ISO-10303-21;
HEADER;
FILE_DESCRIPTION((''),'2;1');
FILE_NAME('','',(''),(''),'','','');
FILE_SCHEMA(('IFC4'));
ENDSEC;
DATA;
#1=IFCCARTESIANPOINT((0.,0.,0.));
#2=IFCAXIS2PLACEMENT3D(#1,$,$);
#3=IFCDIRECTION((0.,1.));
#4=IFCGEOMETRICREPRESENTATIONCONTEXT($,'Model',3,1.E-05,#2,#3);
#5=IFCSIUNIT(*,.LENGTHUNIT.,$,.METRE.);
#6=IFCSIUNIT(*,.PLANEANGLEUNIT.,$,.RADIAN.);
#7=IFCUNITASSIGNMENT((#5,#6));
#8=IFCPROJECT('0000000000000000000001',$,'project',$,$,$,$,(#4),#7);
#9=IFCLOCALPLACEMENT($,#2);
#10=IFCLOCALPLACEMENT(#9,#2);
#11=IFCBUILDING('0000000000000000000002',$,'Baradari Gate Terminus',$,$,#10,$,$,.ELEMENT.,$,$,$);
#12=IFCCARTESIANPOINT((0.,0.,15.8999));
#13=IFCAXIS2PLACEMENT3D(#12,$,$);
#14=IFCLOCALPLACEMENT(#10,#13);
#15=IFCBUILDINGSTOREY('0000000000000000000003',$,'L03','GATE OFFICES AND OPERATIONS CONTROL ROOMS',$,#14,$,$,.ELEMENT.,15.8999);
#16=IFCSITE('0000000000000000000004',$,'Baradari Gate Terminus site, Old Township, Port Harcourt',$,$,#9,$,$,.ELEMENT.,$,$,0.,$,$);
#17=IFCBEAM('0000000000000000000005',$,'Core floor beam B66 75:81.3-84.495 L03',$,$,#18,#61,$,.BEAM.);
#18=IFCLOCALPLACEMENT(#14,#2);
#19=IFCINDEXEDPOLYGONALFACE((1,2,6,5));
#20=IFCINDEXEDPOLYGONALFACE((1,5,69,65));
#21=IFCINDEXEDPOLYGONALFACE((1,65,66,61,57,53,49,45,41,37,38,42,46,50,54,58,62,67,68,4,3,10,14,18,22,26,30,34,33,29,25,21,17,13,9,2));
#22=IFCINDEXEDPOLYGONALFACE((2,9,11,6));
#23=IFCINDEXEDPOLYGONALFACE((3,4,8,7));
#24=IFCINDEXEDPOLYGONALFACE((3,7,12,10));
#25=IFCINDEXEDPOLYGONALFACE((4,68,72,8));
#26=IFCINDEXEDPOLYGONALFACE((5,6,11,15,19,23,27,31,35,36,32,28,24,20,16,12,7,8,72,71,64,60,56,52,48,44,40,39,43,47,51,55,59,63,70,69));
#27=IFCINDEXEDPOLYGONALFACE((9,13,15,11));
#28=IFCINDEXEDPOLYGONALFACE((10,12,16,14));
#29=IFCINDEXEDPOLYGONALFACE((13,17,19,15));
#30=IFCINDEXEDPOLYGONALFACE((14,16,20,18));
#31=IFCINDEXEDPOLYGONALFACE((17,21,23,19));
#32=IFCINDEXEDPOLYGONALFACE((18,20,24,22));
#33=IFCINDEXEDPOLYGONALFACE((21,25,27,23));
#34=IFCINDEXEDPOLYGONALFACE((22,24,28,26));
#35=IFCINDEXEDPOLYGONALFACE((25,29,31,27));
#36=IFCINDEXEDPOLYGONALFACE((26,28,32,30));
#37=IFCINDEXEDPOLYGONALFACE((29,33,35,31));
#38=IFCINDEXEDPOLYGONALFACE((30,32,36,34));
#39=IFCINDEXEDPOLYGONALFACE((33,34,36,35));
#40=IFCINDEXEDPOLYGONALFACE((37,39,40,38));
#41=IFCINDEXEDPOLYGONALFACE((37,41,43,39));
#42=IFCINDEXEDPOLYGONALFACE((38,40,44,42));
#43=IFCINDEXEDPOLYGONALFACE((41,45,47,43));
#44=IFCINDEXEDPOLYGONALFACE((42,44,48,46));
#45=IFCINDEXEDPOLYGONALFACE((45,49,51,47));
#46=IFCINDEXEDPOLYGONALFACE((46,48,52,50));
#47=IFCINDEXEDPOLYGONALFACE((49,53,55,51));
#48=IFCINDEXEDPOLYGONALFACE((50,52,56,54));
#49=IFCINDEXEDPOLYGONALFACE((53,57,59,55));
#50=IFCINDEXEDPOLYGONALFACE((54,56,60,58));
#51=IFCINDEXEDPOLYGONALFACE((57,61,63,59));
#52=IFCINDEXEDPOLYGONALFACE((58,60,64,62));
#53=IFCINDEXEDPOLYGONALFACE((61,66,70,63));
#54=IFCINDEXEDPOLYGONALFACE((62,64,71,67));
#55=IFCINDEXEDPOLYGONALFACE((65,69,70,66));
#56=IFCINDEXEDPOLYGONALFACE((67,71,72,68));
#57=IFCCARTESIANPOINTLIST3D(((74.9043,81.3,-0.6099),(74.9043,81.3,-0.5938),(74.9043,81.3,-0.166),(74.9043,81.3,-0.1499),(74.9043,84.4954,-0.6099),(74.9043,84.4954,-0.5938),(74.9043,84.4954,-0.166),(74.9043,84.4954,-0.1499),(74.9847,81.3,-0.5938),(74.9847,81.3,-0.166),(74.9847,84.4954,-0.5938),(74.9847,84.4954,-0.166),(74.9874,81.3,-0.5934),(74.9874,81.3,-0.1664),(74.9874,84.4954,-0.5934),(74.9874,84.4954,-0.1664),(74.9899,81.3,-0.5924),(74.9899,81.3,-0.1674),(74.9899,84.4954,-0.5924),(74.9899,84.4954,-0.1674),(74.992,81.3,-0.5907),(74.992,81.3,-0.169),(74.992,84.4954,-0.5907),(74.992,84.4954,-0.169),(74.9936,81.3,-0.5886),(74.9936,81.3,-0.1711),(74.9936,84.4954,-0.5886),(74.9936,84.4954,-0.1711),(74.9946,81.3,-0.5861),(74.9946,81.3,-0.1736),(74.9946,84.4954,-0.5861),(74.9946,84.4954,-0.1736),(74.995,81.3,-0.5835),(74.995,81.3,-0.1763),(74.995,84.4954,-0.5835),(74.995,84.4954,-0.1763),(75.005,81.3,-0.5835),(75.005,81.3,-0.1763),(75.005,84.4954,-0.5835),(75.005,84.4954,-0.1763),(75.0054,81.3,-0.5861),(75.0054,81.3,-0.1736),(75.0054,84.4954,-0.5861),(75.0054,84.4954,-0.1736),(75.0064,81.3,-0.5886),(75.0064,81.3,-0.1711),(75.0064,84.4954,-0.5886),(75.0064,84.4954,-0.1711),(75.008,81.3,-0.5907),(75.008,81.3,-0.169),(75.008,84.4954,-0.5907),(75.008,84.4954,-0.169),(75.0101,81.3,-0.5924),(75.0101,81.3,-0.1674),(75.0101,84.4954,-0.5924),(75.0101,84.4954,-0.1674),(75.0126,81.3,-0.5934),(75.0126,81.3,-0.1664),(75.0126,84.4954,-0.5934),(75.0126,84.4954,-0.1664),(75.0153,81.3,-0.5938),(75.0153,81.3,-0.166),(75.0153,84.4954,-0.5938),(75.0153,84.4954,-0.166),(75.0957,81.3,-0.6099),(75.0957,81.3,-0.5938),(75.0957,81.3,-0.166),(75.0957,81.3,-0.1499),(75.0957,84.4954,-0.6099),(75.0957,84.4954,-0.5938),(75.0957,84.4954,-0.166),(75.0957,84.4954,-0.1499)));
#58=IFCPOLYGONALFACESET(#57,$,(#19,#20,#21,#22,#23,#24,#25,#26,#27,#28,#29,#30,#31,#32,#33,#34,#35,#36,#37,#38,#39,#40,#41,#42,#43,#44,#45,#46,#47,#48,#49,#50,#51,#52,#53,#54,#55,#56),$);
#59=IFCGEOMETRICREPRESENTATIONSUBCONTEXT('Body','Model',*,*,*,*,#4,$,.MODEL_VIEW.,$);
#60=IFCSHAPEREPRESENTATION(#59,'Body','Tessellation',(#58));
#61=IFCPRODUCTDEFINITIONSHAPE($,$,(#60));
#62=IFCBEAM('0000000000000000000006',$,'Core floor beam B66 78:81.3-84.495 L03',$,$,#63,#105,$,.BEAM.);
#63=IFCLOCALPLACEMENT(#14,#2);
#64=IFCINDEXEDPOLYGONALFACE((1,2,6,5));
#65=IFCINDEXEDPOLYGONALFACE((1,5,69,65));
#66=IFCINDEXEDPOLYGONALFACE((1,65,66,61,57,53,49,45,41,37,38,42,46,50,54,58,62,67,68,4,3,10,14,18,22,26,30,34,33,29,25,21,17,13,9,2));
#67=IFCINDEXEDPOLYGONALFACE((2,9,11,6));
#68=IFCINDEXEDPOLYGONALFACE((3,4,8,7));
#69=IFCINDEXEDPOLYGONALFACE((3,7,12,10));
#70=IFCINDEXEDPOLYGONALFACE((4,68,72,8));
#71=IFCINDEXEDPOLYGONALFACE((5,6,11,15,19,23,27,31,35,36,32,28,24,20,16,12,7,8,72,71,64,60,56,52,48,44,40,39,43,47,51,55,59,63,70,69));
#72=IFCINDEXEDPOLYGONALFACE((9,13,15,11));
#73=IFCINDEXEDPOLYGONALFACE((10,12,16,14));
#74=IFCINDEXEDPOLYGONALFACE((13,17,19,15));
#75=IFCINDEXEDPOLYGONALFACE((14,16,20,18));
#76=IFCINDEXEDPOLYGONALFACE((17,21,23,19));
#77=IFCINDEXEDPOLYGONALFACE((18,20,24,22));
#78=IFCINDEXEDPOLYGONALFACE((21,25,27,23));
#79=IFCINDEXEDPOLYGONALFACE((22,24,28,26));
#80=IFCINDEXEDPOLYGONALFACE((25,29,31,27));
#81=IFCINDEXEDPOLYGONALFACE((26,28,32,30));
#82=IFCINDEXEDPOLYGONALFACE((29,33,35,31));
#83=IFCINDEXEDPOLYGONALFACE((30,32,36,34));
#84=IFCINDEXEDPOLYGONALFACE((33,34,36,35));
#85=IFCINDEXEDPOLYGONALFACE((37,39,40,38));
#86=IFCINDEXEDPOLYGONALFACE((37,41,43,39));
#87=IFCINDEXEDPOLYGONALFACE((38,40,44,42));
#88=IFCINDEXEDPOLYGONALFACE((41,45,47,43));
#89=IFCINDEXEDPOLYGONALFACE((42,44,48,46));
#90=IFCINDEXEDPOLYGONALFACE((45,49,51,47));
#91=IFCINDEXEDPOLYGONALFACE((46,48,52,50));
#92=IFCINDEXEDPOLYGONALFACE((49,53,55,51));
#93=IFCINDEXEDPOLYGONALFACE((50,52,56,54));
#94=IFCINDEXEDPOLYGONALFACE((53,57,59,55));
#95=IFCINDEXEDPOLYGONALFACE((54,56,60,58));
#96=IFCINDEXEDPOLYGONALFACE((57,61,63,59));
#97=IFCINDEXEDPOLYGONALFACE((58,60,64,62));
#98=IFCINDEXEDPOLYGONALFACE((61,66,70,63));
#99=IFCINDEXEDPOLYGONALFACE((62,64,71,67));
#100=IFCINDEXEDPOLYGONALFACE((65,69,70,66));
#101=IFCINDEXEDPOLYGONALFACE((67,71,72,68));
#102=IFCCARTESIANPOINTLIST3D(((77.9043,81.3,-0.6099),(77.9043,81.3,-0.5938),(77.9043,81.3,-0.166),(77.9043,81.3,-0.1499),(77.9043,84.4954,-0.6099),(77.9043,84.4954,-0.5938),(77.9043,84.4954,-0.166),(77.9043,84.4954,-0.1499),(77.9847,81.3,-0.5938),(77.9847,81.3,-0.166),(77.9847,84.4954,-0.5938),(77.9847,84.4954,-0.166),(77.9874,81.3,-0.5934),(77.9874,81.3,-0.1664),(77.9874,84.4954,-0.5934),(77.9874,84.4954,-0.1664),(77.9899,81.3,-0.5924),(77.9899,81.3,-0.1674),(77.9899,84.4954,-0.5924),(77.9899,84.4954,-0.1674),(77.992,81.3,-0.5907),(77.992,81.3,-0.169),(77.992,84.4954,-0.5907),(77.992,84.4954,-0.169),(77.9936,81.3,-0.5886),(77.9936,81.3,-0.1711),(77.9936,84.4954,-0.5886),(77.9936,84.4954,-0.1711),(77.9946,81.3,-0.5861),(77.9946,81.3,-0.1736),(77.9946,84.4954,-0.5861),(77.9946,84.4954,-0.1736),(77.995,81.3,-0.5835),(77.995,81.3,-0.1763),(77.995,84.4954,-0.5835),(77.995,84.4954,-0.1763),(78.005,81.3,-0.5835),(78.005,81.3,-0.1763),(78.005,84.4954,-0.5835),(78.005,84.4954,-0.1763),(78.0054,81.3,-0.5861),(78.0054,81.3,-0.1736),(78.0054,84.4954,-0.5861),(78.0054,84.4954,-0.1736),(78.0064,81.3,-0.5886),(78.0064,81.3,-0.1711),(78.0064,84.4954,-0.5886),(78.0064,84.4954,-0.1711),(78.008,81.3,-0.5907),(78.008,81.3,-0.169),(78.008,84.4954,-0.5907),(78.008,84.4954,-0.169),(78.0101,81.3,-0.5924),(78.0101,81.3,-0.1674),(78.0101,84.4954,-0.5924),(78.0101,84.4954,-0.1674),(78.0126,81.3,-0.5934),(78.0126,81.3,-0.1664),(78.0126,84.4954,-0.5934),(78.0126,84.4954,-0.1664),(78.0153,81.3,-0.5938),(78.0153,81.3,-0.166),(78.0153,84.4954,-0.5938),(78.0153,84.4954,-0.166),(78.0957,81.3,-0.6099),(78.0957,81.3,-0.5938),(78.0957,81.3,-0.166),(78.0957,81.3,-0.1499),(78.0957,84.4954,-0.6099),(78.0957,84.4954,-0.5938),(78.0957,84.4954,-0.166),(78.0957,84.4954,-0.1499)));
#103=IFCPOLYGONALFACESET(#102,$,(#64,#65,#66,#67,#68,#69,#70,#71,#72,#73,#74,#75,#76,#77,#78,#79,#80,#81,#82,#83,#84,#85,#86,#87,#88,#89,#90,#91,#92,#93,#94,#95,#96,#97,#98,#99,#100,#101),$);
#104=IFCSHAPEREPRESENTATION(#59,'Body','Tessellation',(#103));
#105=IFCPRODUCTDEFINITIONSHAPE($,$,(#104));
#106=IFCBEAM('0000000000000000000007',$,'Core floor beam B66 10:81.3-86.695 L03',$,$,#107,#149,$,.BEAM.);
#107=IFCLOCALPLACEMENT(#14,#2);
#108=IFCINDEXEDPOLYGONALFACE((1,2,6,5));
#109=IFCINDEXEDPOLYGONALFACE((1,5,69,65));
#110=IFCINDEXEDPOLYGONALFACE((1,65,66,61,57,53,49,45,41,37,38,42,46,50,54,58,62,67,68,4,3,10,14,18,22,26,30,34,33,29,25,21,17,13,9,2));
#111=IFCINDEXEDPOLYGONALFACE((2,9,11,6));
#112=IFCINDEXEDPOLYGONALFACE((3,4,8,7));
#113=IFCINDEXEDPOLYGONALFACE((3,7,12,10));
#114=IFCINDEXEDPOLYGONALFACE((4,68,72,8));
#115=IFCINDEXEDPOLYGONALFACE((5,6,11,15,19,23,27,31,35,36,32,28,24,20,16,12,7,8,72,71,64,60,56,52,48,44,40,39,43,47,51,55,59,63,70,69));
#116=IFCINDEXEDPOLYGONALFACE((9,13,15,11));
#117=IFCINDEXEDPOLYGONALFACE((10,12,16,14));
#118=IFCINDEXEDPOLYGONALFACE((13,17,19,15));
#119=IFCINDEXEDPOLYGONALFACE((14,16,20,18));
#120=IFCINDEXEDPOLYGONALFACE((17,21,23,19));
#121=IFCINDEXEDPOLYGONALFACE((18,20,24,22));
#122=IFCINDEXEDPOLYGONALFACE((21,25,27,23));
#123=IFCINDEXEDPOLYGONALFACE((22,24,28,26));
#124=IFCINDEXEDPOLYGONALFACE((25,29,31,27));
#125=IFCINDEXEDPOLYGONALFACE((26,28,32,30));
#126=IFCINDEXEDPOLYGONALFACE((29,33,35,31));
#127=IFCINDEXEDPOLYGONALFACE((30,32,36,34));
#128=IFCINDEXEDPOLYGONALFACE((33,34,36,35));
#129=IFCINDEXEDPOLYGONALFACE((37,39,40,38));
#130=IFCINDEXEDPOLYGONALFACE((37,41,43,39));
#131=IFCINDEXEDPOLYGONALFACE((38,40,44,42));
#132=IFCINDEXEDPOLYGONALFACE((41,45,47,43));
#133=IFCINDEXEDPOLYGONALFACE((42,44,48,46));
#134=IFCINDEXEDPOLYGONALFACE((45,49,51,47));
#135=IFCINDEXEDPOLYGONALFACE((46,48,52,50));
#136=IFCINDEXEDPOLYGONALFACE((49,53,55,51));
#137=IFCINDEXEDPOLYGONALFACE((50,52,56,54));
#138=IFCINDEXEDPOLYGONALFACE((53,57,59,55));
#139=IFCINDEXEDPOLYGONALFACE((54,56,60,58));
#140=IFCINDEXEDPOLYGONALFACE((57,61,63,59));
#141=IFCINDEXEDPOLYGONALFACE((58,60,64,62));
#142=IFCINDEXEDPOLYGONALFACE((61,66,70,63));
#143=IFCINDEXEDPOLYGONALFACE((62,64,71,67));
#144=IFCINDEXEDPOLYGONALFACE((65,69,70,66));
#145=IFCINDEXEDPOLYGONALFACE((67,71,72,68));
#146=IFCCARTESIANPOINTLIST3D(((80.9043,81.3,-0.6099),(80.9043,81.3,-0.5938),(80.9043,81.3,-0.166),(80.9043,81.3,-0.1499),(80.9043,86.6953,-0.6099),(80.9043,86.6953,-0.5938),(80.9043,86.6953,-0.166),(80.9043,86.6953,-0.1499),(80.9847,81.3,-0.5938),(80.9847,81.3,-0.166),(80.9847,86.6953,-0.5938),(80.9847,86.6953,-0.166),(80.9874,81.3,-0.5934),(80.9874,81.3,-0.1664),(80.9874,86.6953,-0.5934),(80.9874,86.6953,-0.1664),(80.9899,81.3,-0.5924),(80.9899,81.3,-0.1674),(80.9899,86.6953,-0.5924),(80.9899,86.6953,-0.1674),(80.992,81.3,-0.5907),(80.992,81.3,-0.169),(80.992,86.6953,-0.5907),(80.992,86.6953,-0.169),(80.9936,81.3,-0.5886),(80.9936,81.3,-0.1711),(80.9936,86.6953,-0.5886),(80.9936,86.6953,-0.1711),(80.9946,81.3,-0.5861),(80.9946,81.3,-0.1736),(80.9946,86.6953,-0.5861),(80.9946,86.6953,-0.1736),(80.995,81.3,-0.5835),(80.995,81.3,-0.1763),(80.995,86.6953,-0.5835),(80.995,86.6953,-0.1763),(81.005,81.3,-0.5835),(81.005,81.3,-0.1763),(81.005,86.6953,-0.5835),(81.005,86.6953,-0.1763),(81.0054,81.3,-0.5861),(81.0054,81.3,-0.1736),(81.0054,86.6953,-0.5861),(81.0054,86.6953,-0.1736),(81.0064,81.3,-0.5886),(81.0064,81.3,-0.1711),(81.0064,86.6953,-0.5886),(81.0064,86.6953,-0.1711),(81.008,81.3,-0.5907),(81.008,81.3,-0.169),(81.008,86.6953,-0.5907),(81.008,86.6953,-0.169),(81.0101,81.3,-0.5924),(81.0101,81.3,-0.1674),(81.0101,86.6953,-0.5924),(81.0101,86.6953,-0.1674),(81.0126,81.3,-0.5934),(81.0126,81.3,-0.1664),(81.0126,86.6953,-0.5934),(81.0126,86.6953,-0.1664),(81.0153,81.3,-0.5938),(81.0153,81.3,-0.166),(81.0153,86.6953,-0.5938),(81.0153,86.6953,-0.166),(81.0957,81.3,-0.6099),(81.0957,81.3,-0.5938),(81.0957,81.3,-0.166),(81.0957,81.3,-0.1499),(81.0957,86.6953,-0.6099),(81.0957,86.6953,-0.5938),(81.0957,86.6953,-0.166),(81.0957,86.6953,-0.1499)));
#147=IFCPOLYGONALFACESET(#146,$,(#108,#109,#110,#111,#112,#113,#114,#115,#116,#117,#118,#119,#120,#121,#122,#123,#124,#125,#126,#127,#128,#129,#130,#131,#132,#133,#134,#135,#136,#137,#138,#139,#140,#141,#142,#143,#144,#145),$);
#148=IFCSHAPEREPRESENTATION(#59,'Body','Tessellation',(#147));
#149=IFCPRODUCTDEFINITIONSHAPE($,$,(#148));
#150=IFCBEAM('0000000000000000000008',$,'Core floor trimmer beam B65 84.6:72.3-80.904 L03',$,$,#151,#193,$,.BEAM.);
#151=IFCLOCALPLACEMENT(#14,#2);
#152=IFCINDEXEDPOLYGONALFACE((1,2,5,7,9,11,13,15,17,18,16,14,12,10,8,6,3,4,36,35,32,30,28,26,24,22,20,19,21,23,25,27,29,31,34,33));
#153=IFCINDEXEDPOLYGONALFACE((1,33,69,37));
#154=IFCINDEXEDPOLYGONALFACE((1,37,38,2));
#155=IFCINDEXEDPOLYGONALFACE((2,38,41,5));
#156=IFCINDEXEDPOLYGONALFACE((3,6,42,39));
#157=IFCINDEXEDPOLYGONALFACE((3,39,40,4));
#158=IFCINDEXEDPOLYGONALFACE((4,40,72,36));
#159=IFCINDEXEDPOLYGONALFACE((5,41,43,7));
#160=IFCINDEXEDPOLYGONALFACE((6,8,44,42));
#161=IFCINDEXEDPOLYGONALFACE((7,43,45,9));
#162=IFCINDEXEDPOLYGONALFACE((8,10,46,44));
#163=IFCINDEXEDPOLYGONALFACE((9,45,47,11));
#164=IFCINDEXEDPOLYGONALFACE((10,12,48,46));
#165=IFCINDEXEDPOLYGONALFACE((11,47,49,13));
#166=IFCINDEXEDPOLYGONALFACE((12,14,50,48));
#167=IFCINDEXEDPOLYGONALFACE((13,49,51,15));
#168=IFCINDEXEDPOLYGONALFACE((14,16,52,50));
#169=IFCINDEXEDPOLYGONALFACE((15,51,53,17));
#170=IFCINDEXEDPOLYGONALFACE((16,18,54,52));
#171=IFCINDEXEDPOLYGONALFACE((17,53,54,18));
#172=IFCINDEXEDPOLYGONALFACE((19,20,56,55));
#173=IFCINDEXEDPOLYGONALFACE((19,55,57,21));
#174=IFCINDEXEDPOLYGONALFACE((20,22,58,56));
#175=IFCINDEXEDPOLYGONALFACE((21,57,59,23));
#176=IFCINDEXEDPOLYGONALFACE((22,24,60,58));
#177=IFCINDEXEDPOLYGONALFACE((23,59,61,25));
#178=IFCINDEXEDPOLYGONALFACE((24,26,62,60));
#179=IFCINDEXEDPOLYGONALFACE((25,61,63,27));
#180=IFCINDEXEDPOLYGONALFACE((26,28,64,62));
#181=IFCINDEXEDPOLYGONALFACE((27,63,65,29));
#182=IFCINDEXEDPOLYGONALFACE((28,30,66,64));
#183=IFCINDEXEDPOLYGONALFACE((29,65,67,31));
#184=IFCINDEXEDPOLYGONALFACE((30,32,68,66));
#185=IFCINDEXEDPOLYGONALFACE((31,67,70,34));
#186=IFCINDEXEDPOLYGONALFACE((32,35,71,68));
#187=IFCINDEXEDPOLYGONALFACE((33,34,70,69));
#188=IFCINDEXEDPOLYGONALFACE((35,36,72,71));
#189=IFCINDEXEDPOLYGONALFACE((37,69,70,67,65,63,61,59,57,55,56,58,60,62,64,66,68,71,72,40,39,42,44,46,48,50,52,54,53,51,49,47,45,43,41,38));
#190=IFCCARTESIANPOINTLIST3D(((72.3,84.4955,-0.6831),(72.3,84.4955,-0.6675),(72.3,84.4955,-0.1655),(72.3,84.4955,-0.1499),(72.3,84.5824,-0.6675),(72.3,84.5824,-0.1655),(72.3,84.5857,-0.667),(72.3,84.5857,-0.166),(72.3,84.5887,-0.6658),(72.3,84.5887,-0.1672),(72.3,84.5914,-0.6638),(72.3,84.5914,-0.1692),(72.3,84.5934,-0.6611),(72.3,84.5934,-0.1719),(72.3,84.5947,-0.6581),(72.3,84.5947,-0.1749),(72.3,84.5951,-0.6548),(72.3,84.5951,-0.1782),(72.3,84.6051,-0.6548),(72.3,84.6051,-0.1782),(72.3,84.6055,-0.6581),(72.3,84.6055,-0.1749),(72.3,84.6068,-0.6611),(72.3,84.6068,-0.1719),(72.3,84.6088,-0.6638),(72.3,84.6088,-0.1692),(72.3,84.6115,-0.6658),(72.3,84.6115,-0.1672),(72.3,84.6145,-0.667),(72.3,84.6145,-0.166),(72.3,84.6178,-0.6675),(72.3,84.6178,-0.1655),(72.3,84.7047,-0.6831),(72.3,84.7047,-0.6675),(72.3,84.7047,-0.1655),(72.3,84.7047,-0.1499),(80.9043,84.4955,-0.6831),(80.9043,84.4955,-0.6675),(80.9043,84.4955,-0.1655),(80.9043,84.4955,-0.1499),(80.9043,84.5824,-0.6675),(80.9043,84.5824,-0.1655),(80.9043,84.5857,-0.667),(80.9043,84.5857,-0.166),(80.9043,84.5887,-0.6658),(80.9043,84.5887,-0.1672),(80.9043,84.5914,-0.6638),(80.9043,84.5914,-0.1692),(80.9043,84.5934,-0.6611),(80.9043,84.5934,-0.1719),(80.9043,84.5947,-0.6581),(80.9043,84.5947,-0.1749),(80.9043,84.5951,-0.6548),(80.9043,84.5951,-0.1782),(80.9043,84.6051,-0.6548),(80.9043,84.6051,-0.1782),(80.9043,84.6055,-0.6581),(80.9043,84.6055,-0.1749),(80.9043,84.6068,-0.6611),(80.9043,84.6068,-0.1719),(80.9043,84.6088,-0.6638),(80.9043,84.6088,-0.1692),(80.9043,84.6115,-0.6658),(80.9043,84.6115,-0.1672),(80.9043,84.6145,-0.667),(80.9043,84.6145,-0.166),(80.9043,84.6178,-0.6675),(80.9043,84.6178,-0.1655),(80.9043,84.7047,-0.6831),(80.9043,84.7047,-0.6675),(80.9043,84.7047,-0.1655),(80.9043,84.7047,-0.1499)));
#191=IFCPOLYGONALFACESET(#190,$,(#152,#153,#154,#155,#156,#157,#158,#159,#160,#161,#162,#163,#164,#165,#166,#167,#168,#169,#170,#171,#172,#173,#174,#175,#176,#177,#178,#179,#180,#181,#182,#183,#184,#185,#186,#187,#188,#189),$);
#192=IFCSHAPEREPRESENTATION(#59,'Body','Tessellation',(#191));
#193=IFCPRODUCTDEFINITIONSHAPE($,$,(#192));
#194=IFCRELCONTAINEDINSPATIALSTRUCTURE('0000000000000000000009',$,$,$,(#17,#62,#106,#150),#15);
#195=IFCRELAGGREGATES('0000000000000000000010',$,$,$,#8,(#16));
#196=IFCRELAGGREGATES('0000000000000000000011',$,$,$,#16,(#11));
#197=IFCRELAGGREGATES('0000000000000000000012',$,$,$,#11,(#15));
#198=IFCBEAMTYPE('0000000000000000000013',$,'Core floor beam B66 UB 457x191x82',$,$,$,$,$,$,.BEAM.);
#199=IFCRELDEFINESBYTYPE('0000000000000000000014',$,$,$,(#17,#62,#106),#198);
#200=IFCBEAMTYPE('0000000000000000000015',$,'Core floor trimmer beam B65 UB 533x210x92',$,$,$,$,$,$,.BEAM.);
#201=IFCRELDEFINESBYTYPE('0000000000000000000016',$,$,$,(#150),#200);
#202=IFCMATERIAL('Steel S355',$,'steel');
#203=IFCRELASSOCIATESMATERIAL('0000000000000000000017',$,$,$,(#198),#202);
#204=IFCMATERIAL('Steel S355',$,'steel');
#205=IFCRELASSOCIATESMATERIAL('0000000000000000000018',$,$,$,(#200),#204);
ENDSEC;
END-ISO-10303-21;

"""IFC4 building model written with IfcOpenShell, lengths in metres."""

from ifc_helpers import new_model, si_unit, direction, frame, origin, origin_2d, place, context, subcontext, project, spatial, i_section, extrude, material, material_profile, profile_set, type_object, element, save


model = new_model("IFC4")

# Units and contexts
model_context = context("Model", 3, precision=1e-05, world=origin(), true_north=direction((0.0, 1.0)))
body_context = subcontext(model_context, "Body", "Model", "MODEL_VIEW")
ifc_project = project(units=[si_unit("LENGTHUNIT", "METRE"), si_unit("PLANEANGLEUNIT", "RADIAN")], contexts=[model_context])

# Site, building, storey
site_placement = place(None, origin())
site = spatial("IfcSite", under=ifc_project, at=site_placement, Name="Baradari Gate Terminus site, Old Township, Port Harcourt", CompositionType="ELEMENT", RefElevation=0.0)
building_placement = place(site_placement, origin())
building = spatial("IfcBuilding", under=site, at=building_placement, Name="Baradari Gate Terminus", CompositionType="ELEMENT")
storey_placement = place(building_placement, frame((0.0, 0.0, 15.8999)))
storey = spatial("IfcBuildingStorey", under=building, at=storey_placement, Name="L03", Description="GATE OFFICES AND OPERATIONS CONTROL ROOMS", CompositionType="ELEMENT", Elevation=15.8999)

# Beams
ifc_material_1 = material(Name="Steel S355", Category="steel")
ifc_material_profile_1 = material_profile(ifc_material_1, i_section(OverallWidth=0.1914, OverallDepth=0.46, WebThickness=0.01, FlangeThickness=0.0161, FilletRadius=0.0103, at=origin_2d()), Name="UB 457x191x82")
ifc_profile_set_1 = profile_set([ifc_material_profile_1], Name="Steel S355")
beam_type_1 = type_object("IfcBeamType", Name="Core floor beam B66 UB 457x191x82", PredefinedType="BEAM", material=ifc_profile_set_1)
for number, where, z_axis, x_axis, name in (
    (1, (75.0, 81.3, -0.3799), (0.0, 1.0, 0.0), (-1.0, 0.0, 0.0), "Core floor beam B66 75:81.3-84.495 L03"),
    (2, (78.0, 81.3, -0.3799), (0.0, 1.0, 0.0), (-1.0, 0.0, 0.0), "Core floor beam B66 78:81.3-84.495 L03"),
):
    element("IfcBeam", number, at=place(storey_placement, frame(where, z_axis=z_axis, x_axis=x_axis)), inside=storey, type_object=beam_type_1, Name=name, PredefinedType="BEAM", context=body_context, shape_type="SweptSolid", body=[
        extrude(i_section(OverallWidth=0.1914, OverallDepth=0.46, WebThickness=0.01, FlangeThickness=0.0161, FilletRadius=0.0103, at=origin_2d()), origin(), (0.0, 0.0, 1.0), 3.1953),
    ])
beam_1_placement = place(storey_placement, frame((81.0, 81.3, -0.3799), z_axis=(0.0, 1.0, 0.0), x_axis=(-1.0, 0.0, 0.0)))
element("IfcBeam", 3, at=beam_1_placement, inside=storey, type_object=beam_type_1, Name="Core floor beam B66 10:81.3-86.695 L03", PredefinedType="BEAM", context=body_context, shape_type="SweptSolid", body=[
    extrude(i_section(OverallWidth=0.1914, OverallDepth=0.46, WebThickness=0.01, FlangeThickness=0.0161, FilletRadius=0.0103, at=origin_2d()), origin(), (0.0, 0.0, 1.0), 5.3953),
])
ifc_material_2 = material(Name="Steel S355", Category="steel")
ifc_material_profile_2 = material_profile(ifc_material_2, i_section(OverallWidth=0.2092, OverallDepth=0.5332, WebThickness=0.01, FlangeThickness=0.0156, FilletRadius=0.0127, at=origin_2d()), Name="UB 533x210x92")
ifc_profile_set_2 = profile_set([ifc_material_profile_2], Name="Steel S355")
beam_type_2 = type_object("IfcBeamType", Name="Core floor trimmer beam B65 UB 533x210x92", PredefinedType="BEAM", material=ifc_profile_set_2)
beam_2_placement = place(storey_placement, frame((72.3, 84.6001, -0.4165), z_axis=(1.0, 0.0, 0.0), x_axis=(0.0, 1.0, 0.0)))
element("IfcBeam", 4, at=beam_2_placement, inside=storey, type_object=beam_type_2, Name="Core floor trimmer beam B65 84.6:72.3-80.904 L03", PredefinedType="BEAM", context=body_context, shape_type="SweptSolid", body=[
    extrude(i_section(OverallWidth=0.2092, OverallDepth=0.5332, WebThickness=0.01, FlangeThickness=0.0156, FilletRadius=0.0127, at=origin_2d()), origin(), (0.0, 0.0, 1.0), 8.6042),
])

save(model, "model.ifc")
